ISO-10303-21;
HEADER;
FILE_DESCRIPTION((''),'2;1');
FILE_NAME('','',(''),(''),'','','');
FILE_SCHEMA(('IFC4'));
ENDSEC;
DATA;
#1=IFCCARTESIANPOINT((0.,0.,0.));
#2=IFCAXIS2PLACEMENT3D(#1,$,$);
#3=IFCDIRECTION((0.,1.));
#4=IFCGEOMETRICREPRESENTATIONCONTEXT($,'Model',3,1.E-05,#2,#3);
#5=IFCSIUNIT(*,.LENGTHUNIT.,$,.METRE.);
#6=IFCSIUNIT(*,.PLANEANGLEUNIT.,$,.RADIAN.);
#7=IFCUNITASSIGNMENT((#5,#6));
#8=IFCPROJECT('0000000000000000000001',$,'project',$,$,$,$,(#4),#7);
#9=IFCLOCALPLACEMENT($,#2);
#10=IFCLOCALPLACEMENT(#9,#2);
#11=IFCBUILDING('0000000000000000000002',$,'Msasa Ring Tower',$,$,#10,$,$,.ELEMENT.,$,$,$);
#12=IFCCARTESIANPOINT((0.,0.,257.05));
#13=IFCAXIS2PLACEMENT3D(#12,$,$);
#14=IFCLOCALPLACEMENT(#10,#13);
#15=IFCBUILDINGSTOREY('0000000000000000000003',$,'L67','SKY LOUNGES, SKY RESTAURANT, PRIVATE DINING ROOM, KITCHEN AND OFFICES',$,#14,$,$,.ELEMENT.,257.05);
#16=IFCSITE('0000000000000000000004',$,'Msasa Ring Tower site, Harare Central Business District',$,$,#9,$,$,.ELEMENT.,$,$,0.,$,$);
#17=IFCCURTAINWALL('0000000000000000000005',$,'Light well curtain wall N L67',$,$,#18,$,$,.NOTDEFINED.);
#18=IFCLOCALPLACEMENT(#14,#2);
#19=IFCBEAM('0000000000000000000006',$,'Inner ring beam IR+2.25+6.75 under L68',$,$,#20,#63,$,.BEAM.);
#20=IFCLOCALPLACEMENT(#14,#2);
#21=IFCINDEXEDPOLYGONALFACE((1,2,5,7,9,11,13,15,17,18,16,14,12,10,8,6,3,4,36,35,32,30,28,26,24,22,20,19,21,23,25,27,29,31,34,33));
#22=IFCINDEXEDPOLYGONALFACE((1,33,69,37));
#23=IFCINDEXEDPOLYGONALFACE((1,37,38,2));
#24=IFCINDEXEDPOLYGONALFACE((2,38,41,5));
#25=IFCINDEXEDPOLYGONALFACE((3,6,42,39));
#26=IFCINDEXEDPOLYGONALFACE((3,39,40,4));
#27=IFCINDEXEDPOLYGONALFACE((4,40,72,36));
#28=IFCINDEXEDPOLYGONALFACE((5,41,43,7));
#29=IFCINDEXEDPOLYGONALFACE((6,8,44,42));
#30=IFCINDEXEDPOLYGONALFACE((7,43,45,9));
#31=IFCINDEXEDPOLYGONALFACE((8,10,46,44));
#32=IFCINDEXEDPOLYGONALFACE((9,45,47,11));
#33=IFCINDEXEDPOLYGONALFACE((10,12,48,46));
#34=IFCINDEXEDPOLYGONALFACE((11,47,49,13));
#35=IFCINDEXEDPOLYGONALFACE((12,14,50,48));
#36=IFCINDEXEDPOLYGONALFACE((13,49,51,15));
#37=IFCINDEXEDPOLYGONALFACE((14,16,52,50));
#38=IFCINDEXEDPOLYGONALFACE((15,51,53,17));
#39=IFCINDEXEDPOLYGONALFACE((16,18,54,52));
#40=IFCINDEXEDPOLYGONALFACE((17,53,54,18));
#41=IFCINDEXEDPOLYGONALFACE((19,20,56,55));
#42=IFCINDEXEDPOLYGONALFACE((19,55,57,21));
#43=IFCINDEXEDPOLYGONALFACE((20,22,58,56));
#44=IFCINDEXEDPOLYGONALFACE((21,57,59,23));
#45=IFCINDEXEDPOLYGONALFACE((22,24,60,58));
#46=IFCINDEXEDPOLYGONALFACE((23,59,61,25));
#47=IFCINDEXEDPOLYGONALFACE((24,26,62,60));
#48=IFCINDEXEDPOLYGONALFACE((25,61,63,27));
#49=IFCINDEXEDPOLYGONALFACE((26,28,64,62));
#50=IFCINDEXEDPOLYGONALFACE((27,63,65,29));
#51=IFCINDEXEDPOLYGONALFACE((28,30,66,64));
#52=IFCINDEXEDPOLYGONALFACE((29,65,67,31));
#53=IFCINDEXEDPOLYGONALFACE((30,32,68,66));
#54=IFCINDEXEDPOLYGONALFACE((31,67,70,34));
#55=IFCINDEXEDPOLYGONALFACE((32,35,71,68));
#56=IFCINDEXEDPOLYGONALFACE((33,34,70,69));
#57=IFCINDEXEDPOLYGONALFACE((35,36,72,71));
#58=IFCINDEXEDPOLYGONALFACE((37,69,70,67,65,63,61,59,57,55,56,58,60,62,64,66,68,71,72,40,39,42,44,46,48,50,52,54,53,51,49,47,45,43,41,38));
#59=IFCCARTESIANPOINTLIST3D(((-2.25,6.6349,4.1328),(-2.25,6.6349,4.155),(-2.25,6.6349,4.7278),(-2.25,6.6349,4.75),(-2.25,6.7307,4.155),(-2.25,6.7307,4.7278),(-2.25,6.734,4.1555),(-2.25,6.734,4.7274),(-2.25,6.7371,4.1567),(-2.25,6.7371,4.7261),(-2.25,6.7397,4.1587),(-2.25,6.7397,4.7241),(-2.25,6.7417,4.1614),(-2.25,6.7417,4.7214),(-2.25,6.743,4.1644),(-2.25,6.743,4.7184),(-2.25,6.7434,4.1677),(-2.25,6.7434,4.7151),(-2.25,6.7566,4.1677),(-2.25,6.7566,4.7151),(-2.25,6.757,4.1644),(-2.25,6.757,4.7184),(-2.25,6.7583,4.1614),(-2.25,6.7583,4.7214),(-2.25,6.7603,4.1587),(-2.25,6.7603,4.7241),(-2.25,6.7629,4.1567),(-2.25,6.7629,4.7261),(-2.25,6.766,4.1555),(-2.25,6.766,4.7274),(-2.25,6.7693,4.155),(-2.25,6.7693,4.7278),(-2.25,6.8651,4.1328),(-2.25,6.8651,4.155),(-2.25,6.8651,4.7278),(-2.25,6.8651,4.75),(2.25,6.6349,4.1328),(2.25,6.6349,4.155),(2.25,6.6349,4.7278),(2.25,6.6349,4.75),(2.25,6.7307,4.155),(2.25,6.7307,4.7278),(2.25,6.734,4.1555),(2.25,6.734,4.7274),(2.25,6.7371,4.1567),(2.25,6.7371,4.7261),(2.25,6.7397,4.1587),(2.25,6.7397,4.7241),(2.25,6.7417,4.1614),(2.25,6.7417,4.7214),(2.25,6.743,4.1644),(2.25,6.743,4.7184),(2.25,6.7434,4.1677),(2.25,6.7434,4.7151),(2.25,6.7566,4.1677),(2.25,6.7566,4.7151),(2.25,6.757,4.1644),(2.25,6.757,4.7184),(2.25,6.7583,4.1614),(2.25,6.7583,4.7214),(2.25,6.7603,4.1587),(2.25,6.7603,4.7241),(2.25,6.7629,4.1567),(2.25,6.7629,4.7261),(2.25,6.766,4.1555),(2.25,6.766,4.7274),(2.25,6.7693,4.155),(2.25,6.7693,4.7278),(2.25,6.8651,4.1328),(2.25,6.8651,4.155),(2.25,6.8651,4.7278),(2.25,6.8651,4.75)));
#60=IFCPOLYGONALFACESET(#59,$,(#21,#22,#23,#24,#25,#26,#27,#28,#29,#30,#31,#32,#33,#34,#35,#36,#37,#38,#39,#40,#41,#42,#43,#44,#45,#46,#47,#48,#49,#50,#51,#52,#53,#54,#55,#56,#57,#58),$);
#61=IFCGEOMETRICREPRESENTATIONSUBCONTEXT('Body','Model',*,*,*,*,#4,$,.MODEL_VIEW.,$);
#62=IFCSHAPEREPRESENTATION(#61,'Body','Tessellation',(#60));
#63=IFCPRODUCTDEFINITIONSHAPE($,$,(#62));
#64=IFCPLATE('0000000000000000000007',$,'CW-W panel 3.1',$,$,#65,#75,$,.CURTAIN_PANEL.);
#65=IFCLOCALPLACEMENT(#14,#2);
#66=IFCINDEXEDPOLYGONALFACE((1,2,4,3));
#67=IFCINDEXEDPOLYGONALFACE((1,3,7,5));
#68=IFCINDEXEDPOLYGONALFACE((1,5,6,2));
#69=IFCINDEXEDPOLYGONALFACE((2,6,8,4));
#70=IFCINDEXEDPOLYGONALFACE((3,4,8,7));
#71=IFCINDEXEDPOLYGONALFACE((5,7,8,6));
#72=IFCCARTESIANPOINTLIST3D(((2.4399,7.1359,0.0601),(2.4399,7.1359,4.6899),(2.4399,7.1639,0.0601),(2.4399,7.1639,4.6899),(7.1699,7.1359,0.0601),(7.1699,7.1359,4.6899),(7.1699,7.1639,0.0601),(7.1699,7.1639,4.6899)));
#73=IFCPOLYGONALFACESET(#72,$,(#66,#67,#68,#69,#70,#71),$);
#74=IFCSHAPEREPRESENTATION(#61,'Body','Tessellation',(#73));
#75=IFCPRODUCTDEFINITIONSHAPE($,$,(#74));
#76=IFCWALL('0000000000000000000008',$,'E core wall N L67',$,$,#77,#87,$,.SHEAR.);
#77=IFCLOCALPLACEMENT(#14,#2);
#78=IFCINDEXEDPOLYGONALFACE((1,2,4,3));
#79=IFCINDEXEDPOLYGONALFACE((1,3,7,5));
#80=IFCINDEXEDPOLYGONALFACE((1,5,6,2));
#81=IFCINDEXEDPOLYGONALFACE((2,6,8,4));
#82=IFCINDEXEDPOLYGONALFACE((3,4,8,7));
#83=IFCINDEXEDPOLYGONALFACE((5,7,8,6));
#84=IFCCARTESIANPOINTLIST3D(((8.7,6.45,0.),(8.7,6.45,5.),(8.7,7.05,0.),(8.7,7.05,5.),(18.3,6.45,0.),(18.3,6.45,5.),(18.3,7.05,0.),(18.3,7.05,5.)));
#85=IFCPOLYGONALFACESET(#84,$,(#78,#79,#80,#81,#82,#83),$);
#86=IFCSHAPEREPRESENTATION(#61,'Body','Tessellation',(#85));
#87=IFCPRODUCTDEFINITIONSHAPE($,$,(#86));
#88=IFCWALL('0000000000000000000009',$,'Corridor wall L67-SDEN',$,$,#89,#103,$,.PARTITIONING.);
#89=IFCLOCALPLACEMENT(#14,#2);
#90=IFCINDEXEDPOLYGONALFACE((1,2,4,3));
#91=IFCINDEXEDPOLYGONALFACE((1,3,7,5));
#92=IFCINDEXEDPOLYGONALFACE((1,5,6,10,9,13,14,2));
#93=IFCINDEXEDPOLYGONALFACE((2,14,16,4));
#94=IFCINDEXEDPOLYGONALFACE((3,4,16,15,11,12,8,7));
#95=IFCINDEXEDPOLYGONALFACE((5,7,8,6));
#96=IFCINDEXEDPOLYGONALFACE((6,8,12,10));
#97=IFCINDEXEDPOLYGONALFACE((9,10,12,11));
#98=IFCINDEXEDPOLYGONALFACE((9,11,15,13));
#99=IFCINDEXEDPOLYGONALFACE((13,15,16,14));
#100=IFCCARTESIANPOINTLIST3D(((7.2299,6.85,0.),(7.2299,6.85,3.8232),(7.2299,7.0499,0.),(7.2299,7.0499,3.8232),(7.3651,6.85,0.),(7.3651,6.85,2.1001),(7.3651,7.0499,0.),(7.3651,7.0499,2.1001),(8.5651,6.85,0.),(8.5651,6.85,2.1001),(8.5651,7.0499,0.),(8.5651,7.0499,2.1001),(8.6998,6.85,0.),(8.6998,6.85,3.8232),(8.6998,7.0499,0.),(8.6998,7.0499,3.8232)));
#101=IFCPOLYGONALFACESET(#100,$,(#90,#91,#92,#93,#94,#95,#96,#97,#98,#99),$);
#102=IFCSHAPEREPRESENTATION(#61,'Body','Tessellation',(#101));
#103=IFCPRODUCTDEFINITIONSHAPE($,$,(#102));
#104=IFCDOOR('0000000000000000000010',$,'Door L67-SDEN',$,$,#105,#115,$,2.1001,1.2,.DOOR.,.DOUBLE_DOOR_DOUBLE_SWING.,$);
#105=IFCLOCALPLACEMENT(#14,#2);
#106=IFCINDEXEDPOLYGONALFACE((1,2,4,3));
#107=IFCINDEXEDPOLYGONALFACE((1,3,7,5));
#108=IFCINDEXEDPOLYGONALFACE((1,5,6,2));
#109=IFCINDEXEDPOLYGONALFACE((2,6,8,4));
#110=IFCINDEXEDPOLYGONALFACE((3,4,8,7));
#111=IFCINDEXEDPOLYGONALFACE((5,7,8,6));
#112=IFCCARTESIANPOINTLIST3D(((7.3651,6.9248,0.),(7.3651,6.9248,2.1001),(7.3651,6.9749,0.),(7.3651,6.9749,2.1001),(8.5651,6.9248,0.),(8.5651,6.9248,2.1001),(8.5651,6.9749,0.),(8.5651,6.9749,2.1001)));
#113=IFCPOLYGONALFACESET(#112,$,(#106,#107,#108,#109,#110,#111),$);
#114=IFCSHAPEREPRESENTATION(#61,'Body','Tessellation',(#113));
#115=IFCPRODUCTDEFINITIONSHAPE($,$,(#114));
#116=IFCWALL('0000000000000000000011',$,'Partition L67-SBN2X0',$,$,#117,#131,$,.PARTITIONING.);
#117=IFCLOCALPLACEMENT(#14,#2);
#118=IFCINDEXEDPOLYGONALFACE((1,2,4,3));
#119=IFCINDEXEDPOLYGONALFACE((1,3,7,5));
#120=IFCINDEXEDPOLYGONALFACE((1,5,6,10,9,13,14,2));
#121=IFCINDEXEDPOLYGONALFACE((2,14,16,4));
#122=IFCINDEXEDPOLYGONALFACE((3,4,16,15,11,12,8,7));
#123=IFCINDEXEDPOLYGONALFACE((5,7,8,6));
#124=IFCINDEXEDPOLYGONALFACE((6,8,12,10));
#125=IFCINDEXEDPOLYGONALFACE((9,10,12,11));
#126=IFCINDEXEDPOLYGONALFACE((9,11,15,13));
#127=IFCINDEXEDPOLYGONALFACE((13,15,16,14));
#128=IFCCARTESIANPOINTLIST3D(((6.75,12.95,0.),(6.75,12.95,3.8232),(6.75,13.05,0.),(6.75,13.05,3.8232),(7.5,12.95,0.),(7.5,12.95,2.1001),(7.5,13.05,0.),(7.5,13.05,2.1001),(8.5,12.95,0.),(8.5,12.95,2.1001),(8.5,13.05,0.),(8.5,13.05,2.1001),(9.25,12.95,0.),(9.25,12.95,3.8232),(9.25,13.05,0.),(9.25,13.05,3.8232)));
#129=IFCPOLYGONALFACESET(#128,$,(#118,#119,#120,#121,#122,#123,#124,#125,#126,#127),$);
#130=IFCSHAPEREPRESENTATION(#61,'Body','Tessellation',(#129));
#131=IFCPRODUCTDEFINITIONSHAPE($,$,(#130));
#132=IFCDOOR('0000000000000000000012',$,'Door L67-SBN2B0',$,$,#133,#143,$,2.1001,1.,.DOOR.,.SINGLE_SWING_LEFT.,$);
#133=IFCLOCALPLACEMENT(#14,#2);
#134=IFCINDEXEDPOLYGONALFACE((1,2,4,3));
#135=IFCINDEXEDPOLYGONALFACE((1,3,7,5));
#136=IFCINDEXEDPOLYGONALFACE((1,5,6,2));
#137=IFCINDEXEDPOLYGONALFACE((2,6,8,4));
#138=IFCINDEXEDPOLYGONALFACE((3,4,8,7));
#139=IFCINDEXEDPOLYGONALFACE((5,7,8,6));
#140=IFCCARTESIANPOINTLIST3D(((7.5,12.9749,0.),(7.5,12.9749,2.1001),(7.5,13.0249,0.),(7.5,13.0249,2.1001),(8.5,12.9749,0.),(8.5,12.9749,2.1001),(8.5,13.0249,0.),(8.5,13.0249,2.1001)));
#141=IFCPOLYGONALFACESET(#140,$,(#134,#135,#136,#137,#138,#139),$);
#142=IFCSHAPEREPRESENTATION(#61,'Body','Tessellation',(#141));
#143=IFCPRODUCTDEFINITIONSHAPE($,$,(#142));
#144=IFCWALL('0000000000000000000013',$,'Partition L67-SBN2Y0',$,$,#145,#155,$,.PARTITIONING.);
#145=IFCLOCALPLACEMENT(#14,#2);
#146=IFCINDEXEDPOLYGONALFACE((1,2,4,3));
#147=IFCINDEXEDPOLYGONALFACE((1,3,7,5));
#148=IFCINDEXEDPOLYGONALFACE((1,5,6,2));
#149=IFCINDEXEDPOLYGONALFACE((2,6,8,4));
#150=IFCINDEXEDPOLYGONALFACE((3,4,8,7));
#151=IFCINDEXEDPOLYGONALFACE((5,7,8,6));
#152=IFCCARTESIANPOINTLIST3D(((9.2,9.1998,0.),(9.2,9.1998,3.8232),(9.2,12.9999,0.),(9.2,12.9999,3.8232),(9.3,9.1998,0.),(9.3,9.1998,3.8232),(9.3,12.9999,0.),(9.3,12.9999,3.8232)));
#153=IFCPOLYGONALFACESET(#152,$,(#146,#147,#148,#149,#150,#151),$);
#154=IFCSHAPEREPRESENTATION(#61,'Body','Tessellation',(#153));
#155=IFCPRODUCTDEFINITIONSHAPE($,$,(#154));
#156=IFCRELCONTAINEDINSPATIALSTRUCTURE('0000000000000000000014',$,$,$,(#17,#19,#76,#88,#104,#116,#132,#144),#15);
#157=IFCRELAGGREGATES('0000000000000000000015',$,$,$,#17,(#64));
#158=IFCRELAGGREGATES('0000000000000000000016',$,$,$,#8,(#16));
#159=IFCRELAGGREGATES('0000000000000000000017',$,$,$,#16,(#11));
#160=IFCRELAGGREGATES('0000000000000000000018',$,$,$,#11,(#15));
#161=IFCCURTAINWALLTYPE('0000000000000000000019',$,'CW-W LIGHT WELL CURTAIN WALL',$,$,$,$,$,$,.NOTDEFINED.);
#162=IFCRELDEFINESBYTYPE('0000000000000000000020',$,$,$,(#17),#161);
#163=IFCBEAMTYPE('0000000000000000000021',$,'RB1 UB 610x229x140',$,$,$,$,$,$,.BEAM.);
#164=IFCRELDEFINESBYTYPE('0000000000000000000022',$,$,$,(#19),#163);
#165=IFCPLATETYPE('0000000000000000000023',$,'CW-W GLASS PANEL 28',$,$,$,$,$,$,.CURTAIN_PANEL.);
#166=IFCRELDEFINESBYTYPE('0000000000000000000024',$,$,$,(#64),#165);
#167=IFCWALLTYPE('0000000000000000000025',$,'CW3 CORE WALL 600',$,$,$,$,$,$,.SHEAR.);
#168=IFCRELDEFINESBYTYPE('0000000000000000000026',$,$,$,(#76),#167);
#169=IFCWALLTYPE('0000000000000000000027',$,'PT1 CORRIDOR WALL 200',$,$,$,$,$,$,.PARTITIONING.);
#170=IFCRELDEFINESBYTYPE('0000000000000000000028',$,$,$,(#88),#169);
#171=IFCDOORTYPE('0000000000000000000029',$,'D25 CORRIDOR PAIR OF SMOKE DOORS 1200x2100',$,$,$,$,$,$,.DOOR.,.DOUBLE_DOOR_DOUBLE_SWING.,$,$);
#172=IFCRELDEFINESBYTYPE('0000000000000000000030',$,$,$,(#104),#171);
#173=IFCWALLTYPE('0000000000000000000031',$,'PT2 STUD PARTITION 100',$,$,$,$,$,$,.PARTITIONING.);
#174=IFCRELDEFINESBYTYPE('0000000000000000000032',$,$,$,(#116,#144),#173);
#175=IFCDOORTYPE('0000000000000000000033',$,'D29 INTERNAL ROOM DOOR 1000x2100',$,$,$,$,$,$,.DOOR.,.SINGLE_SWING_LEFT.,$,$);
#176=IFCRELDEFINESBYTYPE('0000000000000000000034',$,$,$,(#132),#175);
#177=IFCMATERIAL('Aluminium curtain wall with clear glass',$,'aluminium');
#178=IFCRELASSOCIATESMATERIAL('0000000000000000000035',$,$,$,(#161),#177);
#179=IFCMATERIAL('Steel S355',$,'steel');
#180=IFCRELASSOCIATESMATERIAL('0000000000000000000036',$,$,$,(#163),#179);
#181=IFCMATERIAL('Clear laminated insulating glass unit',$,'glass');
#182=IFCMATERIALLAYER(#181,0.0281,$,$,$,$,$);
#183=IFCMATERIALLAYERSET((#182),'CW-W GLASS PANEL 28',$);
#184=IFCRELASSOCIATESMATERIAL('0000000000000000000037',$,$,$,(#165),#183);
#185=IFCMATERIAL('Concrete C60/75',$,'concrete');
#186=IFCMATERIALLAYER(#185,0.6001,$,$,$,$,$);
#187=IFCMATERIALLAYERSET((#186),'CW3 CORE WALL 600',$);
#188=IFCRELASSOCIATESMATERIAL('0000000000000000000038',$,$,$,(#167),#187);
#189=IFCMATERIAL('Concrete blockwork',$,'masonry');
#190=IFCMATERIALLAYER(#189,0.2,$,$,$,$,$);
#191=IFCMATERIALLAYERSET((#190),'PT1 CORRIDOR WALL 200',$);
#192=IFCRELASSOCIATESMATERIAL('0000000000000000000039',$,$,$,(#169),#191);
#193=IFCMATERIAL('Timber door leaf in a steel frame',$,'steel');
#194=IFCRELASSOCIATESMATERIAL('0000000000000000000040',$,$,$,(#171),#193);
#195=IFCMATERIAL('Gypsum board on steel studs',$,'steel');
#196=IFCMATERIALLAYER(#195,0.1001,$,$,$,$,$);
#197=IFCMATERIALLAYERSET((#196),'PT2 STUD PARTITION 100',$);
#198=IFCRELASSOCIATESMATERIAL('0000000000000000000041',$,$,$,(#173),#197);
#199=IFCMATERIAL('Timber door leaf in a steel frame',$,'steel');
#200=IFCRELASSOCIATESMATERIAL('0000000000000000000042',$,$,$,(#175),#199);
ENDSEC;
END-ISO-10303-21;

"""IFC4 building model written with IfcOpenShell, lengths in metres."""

from ifc_helpers import new_model, si_unit, direction, frame, frame_2d, origin, origin_2d, place, context, subcontext, project, spatial, rectangle, i_section, extrude, material, layer, layer_set, material_profile, profile_set, type_object, element, fill, aggregate, save


model = new_model("IFC4")

# Units and contexts
model_context = context("Model", 3, precision=1e-05, world=origin(), true_north=direction((0.0, 1.0)))
body_context = subcontext(model_context, "Body", "Model", "MODEL_VIEW")
ifc_project = project(units=[si_unit("LENGTHUNIT", "METRE"), si_unit("PLANEANGLEUNIT", "RADIAN")], contexts=[model_context])

# Site, building, storey
site_placement = place(None, origin())
site = spatial("IfcSite", under=ifc_project, at=site_placement, Name="Msasa Ring Tower site, Harare Central Business District", CompositionType="ELEMENT", RefElevation=0.0)
building_placement = place(site_placement, origin())
building = spatial("IfcBuilding", under=site, at=building_placement, Name="Msasa Ring Tower", CompositionType="ELEMENT")
storey_placement = place(building_placement, frame((0.0, 0.0, 257.05)))
storey = spatial("IfcBuildingStorey", under=building, at=storey_placement, Name="L67", Description="SKY LOUNGES, SKY RESTAURANT, PRIVATE DINING ROOM, KITCHEN AND OFFICES", CompositionType="ELEMENT", Elevation=257.05)

# Curtain wall
ifc_material_1 = material(Name="Aluminium curtain wall with clear glass", Category="aluminium")
curtain_wall_type_1 = type_object("IfcCurtainWallType", Name="CW-W LIGHT WELL CURTAIN WALL", PredefinedType="NOTDEFINED", material=ifc_material_1)
curtain_wall_1_placement = place(storey_placement, origin())
curtain_wall_1 = element("IfcCurtainWall", 1, at=curtain_wall_1_placement, inside=storey, type_object=curtain_wall_type_1, Name="Light well curtain wall N L67", PredefinedType="NOTDEFINED")

# Beam
ifc_material_2 = material(Name="Steel S355", Category="steel")
ifc_material_profile_1 = material_profile(ifc_material_2, i_section(OverallWidth=0.2302, OverallDepth=0.6172, WebThickness=0.0132, FlangeThickness=0.0222, FilletRadius=0.0127, at=origin_2d()), Name="UB 610x229x140")
ifc_profile_set_1 = profile_set([ifc_material_profile_1], Name="Steel S355")
beam_type = type_object("IfcBeamType", Name="RB1 UB 610x229x140", PredefinedType="BEAM", material=ifc_profile_set_1)
for number, where, z_axis, x_axis, name in (
    (2, (2.25, 6.75, 4.4414), (-1.0, 0.0, 0.0), (0.0, -1.0, 0.0), "Inner ring beam IR+2.25+6.75 under L68"),
):
    element("IfcBeam", number, at=place(storey_placement, frame(where, z_axis=z_axis, x_axis=x_axis)), inside=storey, type_object=beam_type, Name=name, PredefinedType="BEAM", context=body_context, shape_type="SweptSolid", body=[
        extrude(i_section(OverallWidth=0.2302, OverallDepth=0.6172, WebThickness=0.0132, FlangeThickness=0.0222, FilletRadius=0.0127, at=origin_2d()), origin(), (0.0, 0.0, 1.0), 4.5),
    ])

# Plate
ifc_material_3 = material(Name="Clear laminated insulating glass unit", Category="glass")
ifc_layer_1 = layer(ifc_material_3, 0.0281)
ifc_layer_set_1 = layer_set([ifc_layer_1], Name="CW-W GLASS PANEL 28")
plate_type = type_object("IfcPlateType", Name="CW-W GLASS PANEL 28", PredefinedType="CURTAIN_PANEL", material=ifc_layer_set_1)
plate_placement = place(storey_placement, frame((4.8049, 7.1499, 0.0601), z_axis=(0.0, 0.0, 1.0), x_axis=(1.0, 0.0, 0.0)))
plate = element("IfcPlate", 3, at=plate_placement, type_object=plate_type, Name="CW-W panel 3.1", PredefinedType="CURTAIN_PANEL", context=body_context, shape_type="SweptSolid", body=[
    extrude(rectangle(XDim=4.73, YDim=0.0281, at=origin_2d()), origin(), (0.0, 0.0, 1.0), 4.6299),
])
aggregate(curtain_wall_1, [plate])

# Wall
ifc_material_4 = material(Name="Concrete C60/75", Category="concrete")
ifc_layer_2 = layer(ifc_material_4, 0.6001)
ifc_layer_set_2 = layer_set([ifc_layer_2], Name="CW3 CORE WALL 600")
wall_type_1 = type_object("IfcWallType", Name="CW3 CORE WALL 600", PredefinedType="SHEAR", material=ifc_layer_set_2)
wall_1_placement = place(storey_placement, frame((8.7, 6.75, 0.0), z_axis=(0.0, 0.0, 1.0), x_axis=(1.0, 0.0, 0.0)))
element("IfcWall", 4, at=wall_1_placement, inside=storey, type_object=wall_type_1, Name="E core wall N L67", PredefinedType="SHEAR", context=body_context, shape_type="SweptSolid", body=[
    extrude(rectangle(XDim=9.6001, YDim=0.6001, at=frame_2d((4.8, 0.0))), origin(), (0.0, 0.0, 1.0), 5.0),
])

# Walls, openings, doors
ifc_material_5 = material(Name="Concrete blockwork", Category="masonry")
ifc_layer_3 = layer(ifc_material_5, 0.2)
ifc_layer_set_3 = layer_set([ifc_layer_3], Name="PT1 CORRIDOR WALL 200")
wall_type_2 = type_object("IfcWallType", Name="PT1 CORRIDOR WALL 200", PredefinedType="PARTITIONING", material=ifc_layer_set_3)
wall_2_placement = place(storey_placement, frame((7.23, 6.95, 0.0), z_axis=(0.0, 0.0, 1.0), x_axis=(1.0, 0.0, 0.0)))
wall_2 = element("IfcWall", 5, at=wall_2_placement, inside=storey, type_object=wall_type_2, Name="Corridor wall L67-SDEN", PredefinedType="PARTITIONING", context=body_context, shape_type="SweptSolid", body=[
    extrude(rectangle(XDim=1.47, YDim=0.2, at=frame_2d((0.7349, 0.0))), origin(), (0.0, 0.0, 1.0), 3.8232),
])
opening_1_placement = place(wall_2_placement, frame((0.135, 0.0, 0.0)))
opening_1 = element("IfcOpeningElement", 6, at=opening_1_placement, cuts=wall_2, PredefinedType="OPENING", context=body_context, shape_type="SweptSolid", body=[
    extrude(rectangle(XDim=1.2, YDim=2.1001, at=frame_2d((0.6001, 1.05))), frame((0.0, 0.1099, 0.0), z_axis=(0.0, -1.0, 0.0), x_axis=(1.0, 0.0, 0.0)), (0.0, 0.0, 1.0), 0.22),
])
ifc_material_6 = material(Name="Timber door leaf in a steel frame", Category="steel")
door_type_1 = type_object("IfcDoorType", Name="D25 CORRIDOR PAIR OF SMOKE DOORS 1200x2100", OperationType="DOUBLE_DOOR_DOUBLE_SWING", PredefinedType="DOOR", material=ifc_material_6)
door_1_placement = place(opening_1_placement, origin())
door_1 = element("IfcDoor", 7, at=door_1_placement, inside=storey, type_object=door_type_1, Name="Door L67-SDEN", OperationType="DOUBLE_DOOR_DOUBLE_SWING", OverallHeight=2.1001, OverallWidth=1.2, PredefinedType="DOOR", context=body_context, shape_type="SweptSolid", body=[
    extrude(rectangle(XDim=1.2, YDim=2.1001, at=frame_2d((0.6001, 1.05))), frame((0.0, 0.0249, 0.0), z_axis=(0.0, -1.0, 0.0), x_axis=(1.0, 0.0, 0.0)), (0.0, 0.0, 1.0), 0.05),
])
fill(opening_1, door_1)
ifc_material_7 = material(Name="Gypsum board on steel studs", Category="steel")
ifc_layer_4 = layer(ifc_material_7, 0.1001)
ifc_layer_set_4 = layer_set([ifc_layer_4], Name="PT2 STUD PARTITION 100")
wall_type_3 = type_object("IfcWallType", Name="PT2 STUD PARTITION 100", PredefinedType="PARTITIONING", material=ifc_layer_set_4)
wall_3_placement = place(storey_placement, frame((6.75, 13.0, 0.0), z_axis=(0.0, 0.0, 1.0), x_axis=(1.0, 0.0, 0.0)))
wall_3 = element("IfcWall", 8, at=wall_3_placement, inside=storey, type_object=wall_type_3, Name="Partition L67-SBN2X0", PredefinedType="PARTITIONING", context=body_context, shape_type="SweptSolid", body=[
    extrude(rectangle(XDim=2.5, YDim=0.1001, at=frame_2d((1.25, 0.0))), origin(), (0.0, 0.0, 1.0), 3.8232),
])
opening_2_placement = place(wall_3_placement, frame((0.75, 0.0, 0.0)))
opening_2 = element("IfcOpeningElement", 9, at=opening_2_placement, cuts=wall_3, PredefinedType="OPENING", context=body_context, shape_type="SweptSolid", body=[
    extrude(rectangle(XDim=1.0, YDim=2.1001, at=frame_2d((0.5, 1.05))), frame((0.0, 0.0601, 0.0), z_axis=(0.0, -1.0, 0.0), x_axis=(1.0, 0.0, 0.0)), (0.0, 0.0, 1.0), 0.1201),
])
ifc_material_8 = material(Name="Timber door leaf in a steel frame", Category="steel")
door_type_2 = type_object("IfcDoorType", Name="D29 INTERNAL ROOM DOOR 1000x2100", OperationType="SINGLE_SWING_LEFT", PredefinedType="DOOR", material=ifc_material_8)
door_2_placement = place(opening_2_placement, origin())
door_2 = element("IfcDoor", 10, at=door_2_placement, inside=storey, type_object=door_type_2, Name="Door L67-SBN2B0", OperationType="SINGLE_SWING_LEFT", OverallHeight=2.1001, OverallWidth=1.0, PredefinedType="DOOR", context=body_context, shape_type="SweptSolid", body=[
    extrude(rectangle(XDim=1.0, YDim=2.1001, at=frame_2d((0.5, 1.05))), frame((0.0, 0.0249, 0.0), z_axis=(0.0, -1.0, 0.0), x_axis=(1.0, 0.0, 0.0)), (0.0, 0.0, 1.0), 0.05),
])
fill(opening_2, door_2)

# Wall
wall_4_placement = place(storey_placement, frame((9.25, 9.2, 0.0), z_axis=(0.0, 0.0, 1.0), x_axis=(0.0, 1.0, 0.0)))
element("IfcWall", 11, at=wall_4_placement, inside=storey, type_object=wall_type_3, Name="Partition L67-SBN2Y0", PredefinedType="PARTITIONING", context=body_context, shape_type="SweptSolid", body=[
    extrude(rectangle(XDim=3.8, YDim=0.1001, at=frame_2d((1.8999, 0.0))), origin(), (0.0, 0.0, 1.0), 3.8232),
])

save(model, "model.ifc")
